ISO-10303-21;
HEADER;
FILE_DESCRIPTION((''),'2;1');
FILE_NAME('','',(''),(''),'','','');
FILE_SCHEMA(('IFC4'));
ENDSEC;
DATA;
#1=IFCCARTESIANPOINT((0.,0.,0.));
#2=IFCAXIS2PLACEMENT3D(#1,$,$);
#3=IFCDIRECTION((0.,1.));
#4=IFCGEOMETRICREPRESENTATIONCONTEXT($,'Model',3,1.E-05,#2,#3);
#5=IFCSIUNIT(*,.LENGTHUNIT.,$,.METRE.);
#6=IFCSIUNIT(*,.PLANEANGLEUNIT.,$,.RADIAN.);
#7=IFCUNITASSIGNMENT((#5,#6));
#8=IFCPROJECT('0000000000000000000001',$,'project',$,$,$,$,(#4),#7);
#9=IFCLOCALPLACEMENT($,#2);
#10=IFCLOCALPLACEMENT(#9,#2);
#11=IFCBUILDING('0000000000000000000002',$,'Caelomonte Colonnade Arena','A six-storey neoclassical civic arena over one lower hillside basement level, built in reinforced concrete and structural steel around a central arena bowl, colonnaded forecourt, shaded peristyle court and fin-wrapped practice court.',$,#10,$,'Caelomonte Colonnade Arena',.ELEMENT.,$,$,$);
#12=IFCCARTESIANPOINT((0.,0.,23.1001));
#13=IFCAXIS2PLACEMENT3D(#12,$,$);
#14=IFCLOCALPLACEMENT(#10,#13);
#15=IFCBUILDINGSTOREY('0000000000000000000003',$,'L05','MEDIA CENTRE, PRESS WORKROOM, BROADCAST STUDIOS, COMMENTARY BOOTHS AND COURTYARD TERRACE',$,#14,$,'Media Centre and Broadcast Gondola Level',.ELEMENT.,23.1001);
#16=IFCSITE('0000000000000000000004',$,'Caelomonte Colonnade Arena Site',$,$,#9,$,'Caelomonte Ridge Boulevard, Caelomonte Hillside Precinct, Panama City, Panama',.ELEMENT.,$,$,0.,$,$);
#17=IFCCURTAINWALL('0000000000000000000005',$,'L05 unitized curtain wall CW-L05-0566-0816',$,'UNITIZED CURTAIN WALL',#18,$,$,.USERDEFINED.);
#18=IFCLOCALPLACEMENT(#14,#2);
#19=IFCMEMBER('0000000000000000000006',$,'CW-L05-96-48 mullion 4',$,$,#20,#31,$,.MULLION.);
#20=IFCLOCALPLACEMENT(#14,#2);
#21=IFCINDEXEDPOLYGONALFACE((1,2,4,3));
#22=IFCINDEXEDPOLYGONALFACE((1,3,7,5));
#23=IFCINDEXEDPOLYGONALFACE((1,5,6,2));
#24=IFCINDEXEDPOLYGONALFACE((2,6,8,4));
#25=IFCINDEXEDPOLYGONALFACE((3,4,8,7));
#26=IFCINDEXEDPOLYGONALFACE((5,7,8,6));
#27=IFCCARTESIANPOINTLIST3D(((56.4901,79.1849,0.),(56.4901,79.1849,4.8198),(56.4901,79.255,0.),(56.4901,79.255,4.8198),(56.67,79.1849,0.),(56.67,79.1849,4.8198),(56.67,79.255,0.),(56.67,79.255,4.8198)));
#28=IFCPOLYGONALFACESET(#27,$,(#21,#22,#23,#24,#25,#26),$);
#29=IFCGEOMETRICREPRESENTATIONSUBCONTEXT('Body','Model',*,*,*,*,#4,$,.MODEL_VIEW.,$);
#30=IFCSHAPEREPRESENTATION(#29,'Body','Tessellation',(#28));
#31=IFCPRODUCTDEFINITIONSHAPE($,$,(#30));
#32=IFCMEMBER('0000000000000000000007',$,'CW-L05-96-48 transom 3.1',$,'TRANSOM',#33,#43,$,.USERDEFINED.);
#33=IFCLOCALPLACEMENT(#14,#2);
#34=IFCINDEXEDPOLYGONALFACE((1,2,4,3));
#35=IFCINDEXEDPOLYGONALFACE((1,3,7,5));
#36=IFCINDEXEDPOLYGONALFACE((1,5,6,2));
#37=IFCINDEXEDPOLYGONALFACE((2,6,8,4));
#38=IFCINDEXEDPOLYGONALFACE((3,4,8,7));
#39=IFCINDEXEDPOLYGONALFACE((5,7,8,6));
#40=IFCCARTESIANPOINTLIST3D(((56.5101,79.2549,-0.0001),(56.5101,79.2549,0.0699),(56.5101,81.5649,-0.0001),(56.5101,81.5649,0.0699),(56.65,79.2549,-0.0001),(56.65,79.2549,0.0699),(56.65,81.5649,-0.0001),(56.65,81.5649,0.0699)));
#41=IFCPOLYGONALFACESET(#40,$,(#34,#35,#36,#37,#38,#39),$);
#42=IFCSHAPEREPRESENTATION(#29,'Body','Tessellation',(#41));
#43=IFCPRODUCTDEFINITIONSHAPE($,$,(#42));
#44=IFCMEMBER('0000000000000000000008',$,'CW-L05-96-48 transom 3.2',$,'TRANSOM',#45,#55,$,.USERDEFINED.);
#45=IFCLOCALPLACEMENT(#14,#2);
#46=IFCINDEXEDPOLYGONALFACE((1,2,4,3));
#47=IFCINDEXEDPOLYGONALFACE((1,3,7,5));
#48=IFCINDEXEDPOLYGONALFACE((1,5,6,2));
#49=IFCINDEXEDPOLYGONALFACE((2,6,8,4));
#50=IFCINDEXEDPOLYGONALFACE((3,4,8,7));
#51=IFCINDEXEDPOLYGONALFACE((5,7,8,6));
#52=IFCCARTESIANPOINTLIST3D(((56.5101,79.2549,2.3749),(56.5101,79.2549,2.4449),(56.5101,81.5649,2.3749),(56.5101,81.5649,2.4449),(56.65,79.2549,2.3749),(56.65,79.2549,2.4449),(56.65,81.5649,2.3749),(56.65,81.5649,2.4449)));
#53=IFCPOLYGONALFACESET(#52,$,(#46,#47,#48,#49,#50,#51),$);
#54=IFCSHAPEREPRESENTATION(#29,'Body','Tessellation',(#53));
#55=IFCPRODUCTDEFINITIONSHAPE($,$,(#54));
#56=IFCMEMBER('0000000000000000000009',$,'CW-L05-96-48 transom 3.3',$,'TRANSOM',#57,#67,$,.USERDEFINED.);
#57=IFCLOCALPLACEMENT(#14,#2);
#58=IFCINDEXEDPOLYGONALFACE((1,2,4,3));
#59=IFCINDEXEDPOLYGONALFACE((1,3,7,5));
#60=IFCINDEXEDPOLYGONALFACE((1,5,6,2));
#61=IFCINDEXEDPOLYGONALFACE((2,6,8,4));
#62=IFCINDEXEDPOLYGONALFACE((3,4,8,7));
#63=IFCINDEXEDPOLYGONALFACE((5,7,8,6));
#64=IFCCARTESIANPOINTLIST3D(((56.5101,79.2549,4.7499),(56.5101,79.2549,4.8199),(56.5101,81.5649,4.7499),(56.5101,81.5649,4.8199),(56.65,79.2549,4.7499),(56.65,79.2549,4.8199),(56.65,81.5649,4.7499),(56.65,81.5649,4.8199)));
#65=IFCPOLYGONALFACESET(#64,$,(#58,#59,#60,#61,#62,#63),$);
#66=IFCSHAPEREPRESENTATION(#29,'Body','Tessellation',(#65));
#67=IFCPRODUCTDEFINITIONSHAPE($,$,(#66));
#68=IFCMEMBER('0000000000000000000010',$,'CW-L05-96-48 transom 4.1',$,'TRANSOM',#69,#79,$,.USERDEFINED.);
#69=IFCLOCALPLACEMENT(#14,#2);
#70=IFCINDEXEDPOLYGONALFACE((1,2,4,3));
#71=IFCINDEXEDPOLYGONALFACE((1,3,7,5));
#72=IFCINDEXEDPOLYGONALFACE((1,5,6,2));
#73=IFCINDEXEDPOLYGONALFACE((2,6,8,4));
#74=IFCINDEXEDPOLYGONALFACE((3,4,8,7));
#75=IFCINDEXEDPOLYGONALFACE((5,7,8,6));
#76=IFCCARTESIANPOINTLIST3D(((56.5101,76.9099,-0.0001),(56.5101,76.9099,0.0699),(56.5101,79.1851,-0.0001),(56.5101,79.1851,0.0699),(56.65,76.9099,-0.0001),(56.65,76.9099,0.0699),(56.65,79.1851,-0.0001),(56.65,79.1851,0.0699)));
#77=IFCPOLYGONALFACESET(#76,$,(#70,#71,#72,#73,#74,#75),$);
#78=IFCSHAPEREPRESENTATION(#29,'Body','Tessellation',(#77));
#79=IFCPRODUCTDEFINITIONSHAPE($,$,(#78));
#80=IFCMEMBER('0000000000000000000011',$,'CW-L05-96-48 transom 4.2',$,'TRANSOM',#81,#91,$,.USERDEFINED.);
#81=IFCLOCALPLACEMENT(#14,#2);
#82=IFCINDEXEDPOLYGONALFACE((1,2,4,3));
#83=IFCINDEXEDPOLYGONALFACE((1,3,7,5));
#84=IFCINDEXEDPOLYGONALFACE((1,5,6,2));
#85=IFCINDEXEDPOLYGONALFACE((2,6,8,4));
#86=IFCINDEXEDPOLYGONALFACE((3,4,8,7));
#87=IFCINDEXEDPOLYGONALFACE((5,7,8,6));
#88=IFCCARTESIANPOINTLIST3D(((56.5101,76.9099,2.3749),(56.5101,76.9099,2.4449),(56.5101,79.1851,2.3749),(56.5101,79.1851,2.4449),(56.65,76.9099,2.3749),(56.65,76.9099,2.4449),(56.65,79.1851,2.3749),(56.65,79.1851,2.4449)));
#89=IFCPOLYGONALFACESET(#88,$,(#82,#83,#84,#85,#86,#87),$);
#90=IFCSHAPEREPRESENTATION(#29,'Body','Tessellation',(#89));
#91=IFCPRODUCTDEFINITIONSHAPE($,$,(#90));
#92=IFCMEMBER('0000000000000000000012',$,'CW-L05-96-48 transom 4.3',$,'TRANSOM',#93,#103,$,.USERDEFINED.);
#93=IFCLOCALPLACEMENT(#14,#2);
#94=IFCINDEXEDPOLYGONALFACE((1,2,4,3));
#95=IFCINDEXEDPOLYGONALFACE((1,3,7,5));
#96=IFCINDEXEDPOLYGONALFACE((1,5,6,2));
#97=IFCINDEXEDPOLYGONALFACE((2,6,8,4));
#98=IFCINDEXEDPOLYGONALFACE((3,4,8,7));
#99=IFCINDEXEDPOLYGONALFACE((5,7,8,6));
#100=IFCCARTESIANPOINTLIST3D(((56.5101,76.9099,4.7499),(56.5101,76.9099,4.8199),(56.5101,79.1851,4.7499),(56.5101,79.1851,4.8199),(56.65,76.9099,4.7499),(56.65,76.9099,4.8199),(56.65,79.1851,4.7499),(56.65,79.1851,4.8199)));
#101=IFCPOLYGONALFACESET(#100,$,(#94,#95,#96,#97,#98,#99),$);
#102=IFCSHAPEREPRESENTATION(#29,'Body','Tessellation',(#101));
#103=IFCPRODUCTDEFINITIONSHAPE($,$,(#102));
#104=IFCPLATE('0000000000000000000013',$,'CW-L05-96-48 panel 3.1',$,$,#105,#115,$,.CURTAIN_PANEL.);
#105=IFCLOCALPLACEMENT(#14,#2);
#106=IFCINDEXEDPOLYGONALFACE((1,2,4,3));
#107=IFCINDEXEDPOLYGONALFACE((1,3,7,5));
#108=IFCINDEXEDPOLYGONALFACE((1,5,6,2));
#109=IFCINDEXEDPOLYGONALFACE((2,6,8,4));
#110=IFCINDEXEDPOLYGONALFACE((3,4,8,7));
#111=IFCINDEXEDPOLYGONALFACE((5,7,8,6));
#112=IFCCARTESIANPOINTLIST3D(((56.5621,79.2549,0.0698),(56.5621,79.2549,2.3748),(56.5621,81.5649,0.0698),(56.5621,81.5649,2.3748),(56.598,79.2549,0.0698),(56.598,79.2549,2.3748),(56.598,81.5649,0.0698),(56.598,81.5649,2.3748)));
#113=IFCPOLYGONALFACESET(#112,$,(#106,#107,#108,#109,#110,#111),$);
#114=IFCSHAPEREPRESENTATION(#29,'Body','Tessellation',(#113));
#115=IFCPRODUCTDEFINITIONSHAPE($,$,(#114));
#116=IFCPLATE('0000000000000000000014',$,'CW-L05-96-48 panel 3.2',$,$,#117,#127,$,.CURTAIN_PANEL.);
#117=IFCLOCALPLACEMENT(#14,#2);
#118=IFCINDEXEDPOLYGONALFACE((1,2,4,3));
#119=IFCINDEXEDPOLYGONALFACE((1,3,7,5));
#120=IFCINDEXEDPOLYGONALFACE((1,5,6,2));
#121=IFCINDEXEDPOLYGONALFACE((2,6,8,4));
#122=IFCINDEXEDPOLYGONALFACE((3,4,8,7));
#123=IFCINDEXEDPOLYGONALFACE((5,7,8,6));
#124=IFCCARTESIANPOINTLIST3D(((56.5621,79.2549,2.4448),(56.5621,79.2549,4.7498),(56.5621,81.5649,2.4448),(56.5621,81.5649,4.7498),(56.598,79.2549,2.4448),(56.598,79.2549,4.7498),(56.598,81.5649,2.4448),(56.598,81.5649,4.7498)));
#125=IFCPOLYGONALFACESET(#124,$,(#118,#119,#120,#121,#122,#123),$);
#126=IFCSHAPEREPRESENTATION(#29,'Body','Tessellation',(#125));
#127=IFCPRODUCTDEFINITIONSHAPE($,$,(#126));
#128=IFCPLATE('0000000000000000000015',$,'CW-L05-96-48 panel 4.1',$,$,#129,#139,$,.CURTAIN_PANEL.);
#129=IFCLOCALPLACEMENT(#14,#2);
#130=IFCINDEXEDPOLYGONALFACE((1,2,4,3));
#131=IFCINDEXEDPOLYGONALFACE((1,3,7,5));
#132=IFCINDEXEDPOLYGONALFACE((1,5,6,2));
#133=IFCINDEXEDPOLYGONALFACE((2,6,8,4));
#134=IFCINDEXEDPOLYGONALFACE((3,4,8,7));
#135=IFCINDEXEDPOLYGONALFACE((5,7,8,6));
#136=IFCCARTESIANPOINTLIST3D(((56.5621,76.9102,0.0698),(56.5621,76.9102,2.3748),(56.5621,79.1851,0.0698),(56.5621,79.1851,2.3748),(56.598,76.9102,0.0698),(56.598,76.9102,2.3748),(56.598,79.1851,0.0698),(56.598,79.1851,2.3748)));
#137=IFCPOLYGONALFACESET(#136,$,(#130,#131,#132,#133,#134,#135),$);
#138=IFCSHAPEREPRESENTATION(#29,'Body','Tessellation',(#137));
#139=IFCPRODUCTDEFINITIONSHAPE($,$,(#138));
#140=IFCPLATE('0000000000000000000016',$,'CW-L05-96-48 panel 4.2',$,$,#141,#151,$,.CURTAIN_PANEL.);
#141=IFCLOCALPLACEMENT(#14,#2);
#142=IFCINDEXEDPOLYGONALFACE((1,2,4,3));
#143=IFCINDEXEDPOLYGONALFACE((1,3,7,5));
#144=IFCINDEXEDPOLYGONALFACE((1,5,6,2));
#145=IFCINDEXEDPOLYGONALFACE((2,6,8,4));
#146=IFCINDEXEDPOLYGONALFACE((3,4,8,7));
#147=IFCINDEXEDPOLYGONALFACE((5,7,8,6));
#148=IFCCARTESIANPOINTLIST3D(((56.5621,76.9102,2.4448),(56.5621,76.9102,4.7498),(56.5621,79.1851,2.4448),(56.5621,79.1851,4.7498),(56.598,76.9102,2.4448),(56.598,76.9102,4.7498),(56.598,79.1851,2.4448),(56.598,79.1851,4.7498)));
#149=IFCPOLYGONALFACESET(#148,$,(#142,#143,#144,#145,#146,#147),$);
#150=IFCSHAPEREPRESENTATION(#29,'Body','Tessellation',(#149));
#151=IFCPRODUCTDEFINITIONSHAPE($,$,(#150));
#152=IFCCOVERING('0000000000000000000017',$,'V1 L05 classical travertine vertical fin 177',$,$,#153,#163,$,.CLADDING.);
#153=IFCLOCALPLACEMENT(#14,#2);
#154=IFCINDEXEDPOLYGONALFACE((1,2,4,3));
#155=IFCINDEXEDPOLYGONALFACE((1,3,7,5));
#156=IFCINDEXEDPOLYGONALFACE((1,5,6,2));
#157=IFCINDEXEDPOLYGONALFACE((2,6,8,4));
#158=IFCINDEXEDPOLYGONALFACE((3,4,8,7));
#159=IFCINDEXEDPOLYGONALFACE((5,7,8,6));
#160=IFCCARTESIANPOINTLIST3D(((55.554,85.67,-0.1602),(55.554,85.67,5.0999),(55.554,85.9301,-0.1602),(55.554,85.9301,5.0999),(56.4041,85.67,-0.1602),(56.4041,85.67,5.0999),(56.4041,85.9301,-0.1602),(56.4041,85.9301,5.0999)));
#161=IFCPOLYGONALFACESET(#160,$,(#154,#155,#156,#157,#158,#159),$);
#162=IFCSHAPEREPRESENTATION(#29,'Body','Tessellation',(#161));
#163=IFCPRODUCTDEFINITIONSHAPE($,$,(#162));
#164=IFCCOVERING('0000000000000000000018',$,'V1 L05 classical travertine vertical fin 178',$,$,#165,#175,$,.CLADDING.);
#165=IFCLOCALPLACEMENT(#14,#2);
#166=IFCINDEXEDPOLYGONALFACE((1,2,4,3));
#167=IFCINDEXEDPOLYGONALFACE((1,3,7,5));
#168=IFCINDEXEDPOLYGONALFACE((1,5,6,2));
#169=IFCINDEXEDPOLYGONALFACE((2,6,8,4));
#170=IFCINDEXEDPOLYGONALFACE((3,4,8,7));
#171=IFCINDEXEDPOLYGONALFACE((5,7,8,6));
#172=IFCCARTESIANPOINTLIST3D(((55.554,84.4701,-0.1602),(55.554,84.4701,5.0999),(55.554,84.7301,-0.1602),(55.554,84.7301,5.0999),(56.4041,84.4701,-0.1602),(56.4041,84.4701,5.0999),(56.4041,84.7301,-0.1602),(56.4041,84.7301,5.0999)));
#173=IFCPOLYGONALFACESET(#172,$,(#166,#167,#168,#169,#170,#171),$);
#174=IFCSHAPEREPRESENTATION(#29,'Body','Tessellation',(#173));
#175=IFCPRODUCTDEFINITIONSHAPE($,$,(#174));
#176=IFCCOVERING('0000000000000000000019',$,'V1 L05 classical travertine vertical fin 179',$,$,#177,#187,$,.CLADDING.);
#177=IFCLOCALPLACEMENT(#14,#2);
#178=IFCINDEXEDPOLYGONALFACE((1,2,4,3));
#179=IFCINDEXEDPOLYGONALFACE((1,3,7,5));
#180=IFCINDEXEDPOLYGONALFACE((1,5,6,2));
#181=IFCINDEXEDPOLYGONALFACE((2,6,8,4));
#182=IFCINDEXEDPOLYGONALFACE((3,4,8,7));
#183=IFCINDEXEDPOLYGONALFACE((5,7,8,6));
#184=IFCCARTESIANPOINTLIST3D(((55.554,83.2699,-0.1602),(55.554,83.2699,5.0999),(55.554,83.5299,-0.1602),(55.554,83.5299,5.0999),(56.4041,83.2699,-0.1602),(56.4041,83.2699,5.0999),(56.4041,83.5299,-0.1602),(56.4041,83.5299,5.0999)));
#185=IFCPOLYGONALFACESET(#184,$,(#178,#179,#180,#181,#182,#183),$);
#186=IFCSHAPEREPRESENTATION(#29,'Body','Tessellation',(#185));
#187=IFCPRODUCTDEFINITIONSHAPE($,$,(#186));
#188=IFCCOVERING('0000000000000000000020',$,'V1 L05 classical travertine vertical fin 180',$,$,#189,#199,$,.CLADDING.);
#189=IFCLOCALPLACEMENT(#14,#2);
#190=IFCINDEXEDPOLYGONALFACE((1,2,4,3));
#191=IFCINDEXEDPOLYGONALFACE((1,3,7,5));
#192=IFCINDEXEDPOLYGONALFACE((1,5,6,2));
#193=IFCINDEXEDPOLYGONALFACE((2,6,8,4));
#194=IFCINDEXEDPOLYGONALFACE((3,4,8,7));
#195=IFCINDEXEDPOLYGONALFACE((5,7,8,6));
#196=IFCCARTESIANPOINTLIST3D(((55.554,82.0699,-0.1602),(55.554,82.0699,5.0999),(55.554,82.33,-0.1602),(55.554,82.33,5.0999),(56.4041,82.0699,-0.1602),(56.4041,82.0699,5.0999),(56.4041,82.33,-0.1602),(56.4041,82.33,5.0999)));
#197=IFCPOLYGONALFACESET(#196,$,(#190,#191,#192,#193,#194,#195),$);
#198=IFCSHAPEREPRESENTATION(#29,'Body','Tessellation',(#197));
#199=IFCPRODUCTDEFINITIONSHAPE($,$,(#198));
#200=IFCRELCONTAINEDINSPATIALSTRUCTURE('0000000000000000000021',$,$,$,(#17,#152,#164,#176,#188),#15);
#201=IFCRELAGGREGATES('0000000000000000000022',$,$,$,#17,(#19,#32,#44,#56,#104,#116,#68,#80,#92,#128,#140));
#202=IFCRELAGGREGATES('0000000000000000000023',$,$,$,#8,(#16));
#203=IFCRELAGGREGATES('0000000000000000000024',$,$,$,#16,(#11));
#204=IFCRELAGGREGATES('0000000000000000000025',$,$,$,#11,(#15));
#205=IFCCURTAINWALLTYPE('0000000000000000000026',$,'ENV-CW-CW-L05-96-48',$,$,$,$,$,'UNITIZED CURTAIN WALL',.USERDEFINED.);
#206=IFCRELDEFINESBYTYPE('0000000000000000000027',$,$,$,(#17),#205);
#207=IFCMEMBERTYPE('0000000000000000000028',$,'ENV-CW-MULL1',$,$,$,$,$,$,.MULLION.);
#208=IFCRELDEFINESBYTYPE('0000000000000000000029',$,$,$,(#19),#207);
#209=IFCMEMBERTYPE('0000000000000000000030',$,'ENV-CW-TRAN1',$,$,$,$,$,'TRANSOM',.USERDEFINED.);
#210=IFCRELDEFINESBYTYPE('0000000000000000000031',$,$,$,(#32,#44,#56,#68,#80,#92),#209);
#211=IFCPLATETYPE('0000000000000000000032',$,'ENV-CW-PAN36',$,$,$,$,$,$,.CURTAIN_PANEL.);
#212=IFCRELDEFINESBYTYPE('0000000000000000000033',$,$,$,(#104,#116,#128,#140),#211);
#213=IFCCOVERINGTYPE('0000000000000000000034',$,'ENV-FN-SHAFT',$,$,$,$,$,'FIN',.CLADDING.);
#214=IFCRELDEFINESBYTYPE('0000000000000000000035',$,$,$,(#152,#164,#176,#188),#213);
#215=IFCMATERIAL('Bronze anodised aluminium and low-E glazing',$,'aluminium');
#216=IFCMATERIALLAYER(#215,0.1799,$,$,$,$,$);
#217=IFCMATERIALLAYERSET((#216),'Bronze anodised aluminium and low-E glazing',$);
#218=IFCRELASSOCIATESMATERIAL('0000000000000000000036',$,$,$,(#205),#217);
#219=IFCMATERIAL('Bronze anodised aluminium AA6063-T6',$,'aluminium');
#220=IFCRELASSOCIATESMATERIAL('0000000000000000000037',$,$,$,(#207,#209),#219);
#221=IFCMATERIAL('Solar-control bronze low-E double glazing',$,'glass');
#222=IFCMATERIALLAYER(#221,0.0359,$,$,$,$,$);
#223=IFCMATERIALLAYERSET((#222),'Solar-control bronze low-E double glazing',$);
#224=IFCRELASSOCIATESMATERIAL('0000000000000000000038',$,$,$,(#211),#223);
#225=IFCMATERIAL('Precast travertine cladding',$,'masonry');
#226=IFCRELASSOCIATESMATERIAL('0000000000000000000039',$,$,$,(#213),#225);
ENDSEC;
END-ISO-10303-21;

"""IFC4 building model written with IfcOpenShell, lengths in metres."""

from ifc_helpers import new_model, si_unit, direction, frame, origin, origin_2d, place, context, subcontext, project, spatial, rectangle, extrude, material, layer, layer_set, material_profile, profile_set, type_object, element, aggregate, save


model = new_model("IFC4")

# Units and contexts
model_context = context("Model", 3, precision=1e-05, world=origin(), true_north=direction((0.0, 1.0)))
body_context = subcontext(model_context, "Body", "Model", "MODEL_VIEW")
ifc_project = project(units=[si_unit("LENGTHUNIT", "METRE"), si_unit("PLANEANGLEUNIT", "RADIAN")], contexts=[model_context])

# Site, building, storey
site_placement = place(None, origin())
site = spatial("IfcSite", under=ifc_project, at=site_placement, Name="Caelomonte Colonnade Arena Site", LongName="Caelomonte Ridge Boulevard, Caelomonte Hillside Precinct, Panama City, Panama", CompositionType="ELEMENT", RefElevation=0.0)
building_placement = place(site_placement, origin())
building = spatial("IfcBuilding", under=site, at=building_placement, Name="Caelomonte Colonnade Arena", Description="A six-storey neoclassical civic arena over one lower hillside basement level, built in reinforced concrete and structural steel around a central arena bowl, colonnaded forecourt, shaded peristyle court and fin-wrapped practice court.", LongName="Caelomonte Colonnade Arena", CompositionType="ELEMENT")
storey_placement = place(building_placement, frame((0.0, 0.0, 23.1001)))
storey = spatial("IfcBuildingStorey", under=building, at=storey_placement, Name="L05", Description="MEDIA CENTRE, PRESS WORKROOM, BROADCAST STUDIOS, COMMENTARY BOOTHS AND COURTYARD TERRACE", LongName="Media Centre and Broadcast Gondola Level", CompositionType="ELEMENT", Elevation=23.1001)

# Curtain wall, members, plates
ifc_material_1 = material(Name="Bronze anodised aluminium and low-E glazing", Category="aluminium")
ifc_layer_1 = layer(ifc_material_1, 0.1799)
ifc_layer_set_1 = layer_set([ifc_layer_1], Name="Bronze anodised aluminium and low-E glazing")
curtain_wall_type = type_object("IfcCurtainWallType", Name="ENV-CW-CW-L05-96-48", ElementType="UNITIZED CURTAIN WALL", PredefinedType="USERDEFINED", material=ifc_layer_set_1)
curtain_wall_placement = place(storey_placement, origin())
curtain_wall = element("IfcCurtainWall", 1, at=curtain_wall_placement, inside=storey, type_object=curtain_wall_type, Name="L05 unitized curtain wall CW-L05-0566-0816", ObjectType="UNITIZED CURTAIN WALL", PredefinedType="USERDEFINED")
ifc_material_2 = material(Name="Bronze anodised aluminium AA6063-T6", Category="aluminium")
ifc_material_profile_1 = material_profile(ifc_material_2, rectangle(XDim=0.0701, YDim=0.1799, at=origin_2d()), Name="CWM-70X180")
ifc_profile_set_1 = profile_set([ifc_material_profile_1], Name="Bronze anodised aluminium AA6063-T6")
member_type_1 = type_object("IfcMemberType", Name="ENV-CW-MULL1", PredefinedType="MULLION", material=ifc_profile_set_1)
member_1_placement = place(storey_placement, frame((56.5801, 79.22, 0.0), z_axis=(0.0, 0.0, 1.0), x_axis=(0.0, -1.0, 0.0)))
member_1 = element("IfcMember", 2, at=member_1_placement, type_object=member_type_1, Name="CW-L05-96-48 mullion 4", PredefinedType="MULLION", context=body_context, shape_type="SweptSolid", body=[
    extrude(rectangle(XDim=0.0701, YDim=0.1799, at=origin_2d()), origin(), (0.0, 0.0, 1.0), 4.8198),
])
ifc_material_profile_2 = material_profile(ifc_material_2, rectangle(XDim=0.0701, YDim=0.1399, at=origin_2d()), Name="CWT-70X140")
ifc_profile_set_2 = profile_set([ifc_material_profile_2], Name="Bronze anodised aluminium AA6063-T6")
member_type_2 = type_object("IfcMemberType", Name="ENV-CW-TRAN1", ElementType="TRANSOM", PredefinedType="USERDEFINED", material=ifc_profile_set_2)
member_2_placement = place(storey_placement, frame((56.5801, 81.5649, 0.0349), z_axis=(0.0, -1.0, 0.0), x_axis=(0.0, 0.0, 1.0)))
member_2 = element("IfcMember", 3, at=member_2_placement, type_object=member_type_2, Name="CW-L05-96-48 transom 3.1", ObjectType="TRANSOM", PredefinedType="USERDEFINED", context=body_context, shape_type="SweptSolid", body=[
    extrude(rectangle(XDim=0.0701, YDim=0.1399, at=origin_2d()), origin(), (0.0, 0.0, 1.0), 2.3101),
])
member_3_placement = place(storey_placement, frame((56.5801, 81.5649, 2.4099), z_axis=(0.0, -1.0, 0.0), x_axis=(0.0, 0.0, 1.0)))
member_3 = element("IfcMember", 4, at=member_3_placement, type_object=member_type_2, Name="CW-L05-96-48 transom 3.2", ObjectType="TRANSOM", PredefinedType="USERDEFINED", context=body_context, shape_type="SweptSolid", body=[
    extrude(rectangle(XDim=0.0701, YDim=0.1399, at=origin_2d()), origin(), (0.0, 0.0, 1.0), 2.3101),
])
member_4_placement = place(storey_placement, frame((56.5801, 81.5649, 4.7849), z_axis=(0.0, -1.0, 0.0), x_axis=(0.0, 0.0, 1.0)))
member_4 = element("IfcMember", 5, at=member_4_placement, type_object=member_type_2, Name="CW-L05-96-48 transom 3.3", ObjectType="TRANSOM", PredefinedType="USERDEFINED", context=body_context, shape_type="SweptSolid", body=[
    extrude(rectangle(XDim=0.0701, YDim=0.1399, at=origin_2d()), origin(), (0.0, 0.0, 1.0), 2.3101),
])
member_5_placement = place(storey_placement, frame((56.5801, 79.1851, 0.0349), z_axis=(0.0, -1.0, 0.0), x_axis=(0.0, 0.0, 1.0)))
member_5 = element("IfcMember", 6, at=member_5_placement, type_object=member_type_2, Name="CW-L05-96-48 transom 4.1", ObjectType="TRANSOM", PredefinedType="USERDEFINED", context=body_context, shape_type="SweptSolid", body=[
    extrude(rectangle(XDim=0.0701, YDim=0.1399, at=origin_2d()), origin(), (0.0, 0.0, 1.0), 2.2751),
])
member_6_placement = place(storey_placement, frame((56.5801, 79.1851, 2.4099), z_axis=(0.0, -1.0, 0.0), x_axis=(0.0, 0.0, 1.0)))
member_6 = element("IfcMember", 7, at=member_6_placement, type_object=member_type_2, Name="CW-L05-96-48 transom 4.2", ObjectType="TRANSOM", PredefinedType="USERDEFINED", context=body_context, shape_type="SweptSolid", body=[
    extrude(rectangle(XDim=0.0701, YDim=0.1399, at=origin_2d()), origin(), (0.0, 0.0, 1.0), 2.2751),
])
member_7_placement = place(storey_placement, frame((56.5801, 79.1851, 4.7849), z_axis=(0.0, -1.0, 0.0), x_axis=(0.0, 0.0, 1.0)))
member_7 = element("IfcMember", 8, at=member_7_placement, type_object=member_type_2, Name="CW-L05-96-48 transom 4.3", ObjectType="TRANSOM", PredefinedType="USERDEFINED", context=body_context, shape_type="SweptSolid", body=[
    extrude(rectangle(XDim=0.0701, YDim=0.1399, at=origin_2d()), origin(), (0.0, 0.0, 1.0), 2.2751),
])
ifc_material_3 = material(Name="Solar-control bronze low-E double glazing", Category="glass")
ifc_layer_2 = layer(ifc_material_3, 0.0359)
ifc_layer_set_2 = layer_set([ifc_layer_2], Name="Solar-control bronze low-E double glazing")
plate_type = type_object("IfcPlateType", Name="ENV-CW-PAN36", PredefinedType="CURTAIN_PANEL", material=ifc_layer_set_2)
plate_1_placement = place(storey_placement, frame((56.5801, 80.4099, 0.0698), z_axis=(0.0, 0.0, 1.0), x_axis=(0.0, -1.0, 0.0)))
plate_1 = element("IfcPlate", 9, at=plate_1_placement, type_object=plate_type, Name="CW-L05-96-48 panel 3.1", PredefinedType="CURTAIN_PANEL", context=body_context, shape_type="SweptSolid", body=[
    extrude(rectangle(XDim=2.3101, YDim=0.0359, at=origin_2d()), origin(), (0.0, 0.0, 1.0), 2.3049),
])
plate_2_placement = place(storey_placement, frame((56.5801, 80.4099, 2.4448), z_axis=(0.0, 0.0, 1.0), x_axis=(0.0, -1.0, 0.0)))
plate_2 = element("IfcPlate", 10, at=plate_2_placement, type_object=plate_type, Name="CW-L05-96-48 panel 3.2", PredefinedType="CURTAIN_PANEL", context=body_context, shape_type="SweptSolid", body=[
    extrude(rectangle(XDim=2.3101, YDim=0.0359, at=origin_2d()), origin(), (0.0, 0.0, 1.0), 2.3049),
])
plate_3_placement = place(storey_placement, frame((56.5801, 78.0476, 0.0698), z_axis=(0.0, 0.0, 1.0), x_axis=(0.0, -1.0, 0.0)))
plate_3 = element("IfcPlate", 11, at=plate_3_placement, type_object=plate_type, Name="CW-L05-96-48 panel 4.1", PredefinedType="CURTAIN_PANEL", context=body_context, shape_type="SweptSolid", body=[
    extrude(rectangle(XDim=2.2749, YDim=0.0359, at=origin_2d()), origin(), (0.0, 0.0, 1.0), 2.3049),
])
plate_4_placement = place(storey_placement, frame((56.5801, 78.0476, 2.4448), z_axis=(0.0, 0.0, 1.0), x_axis=(0.0, -1.0, 0.0)))
plate_4 = element("IfcPlate", 12, at=plate_4_placement, type_object=plate_type, Name="CW-L05-96-48 panel 4.2", PredefinedType="CURTAIN_PANEL", context=body_context, shape_type="SweptSolid", body=[
    extrude(rectangle(XDim=2.2749, YDim=0.0359, at=origin_2d()), origin(), (0.0, 0.0, 1.0), 2.3049),
])
aggregate(curtain_wall, [member_1, member_2, member_3, member_4, plate_1, plate_2, member_5, member_6, member_7, plate_3, plate_4])

# Coverings
ifc_material_4 = material(Name="Precast travertine cladding", Category="masonry")
ifc_material_profile_3 = material_profile(ifc_material_4, rectangle(XDim=0.26, YDim=0.8501, at=origin_2d()), Name="FIN260X850")
ifc_profile_set_3 = profile_set([ifc_material_profile_3], Name="Precast travertine cladding")
covering_type = type_object("IfcCoveringType", Name="ENV-FN-SHAFT", ElementType="FIN", PredefinedType="CLADDING", material=ifc_profile_set_3)
for number, where, z_axis, x_axis, name in (
    (13, (55.979, 85.8, -0.1602), (0.0, 0.0, 1.0), (0.0, 1.0, 0.0), "V1 L05 classical travertine vertical fin 177"),
    (14, (55.979, 84.6001, -0.1602), (0.0, 0.0, 1.0), (0.0, 1.0, 0.0), "V1 L05 classical travertine vertical fin 178"),
    (15, (55.979, 83.3999, -0.1602), (0.0, 0.0, 1.0), (0.0, 1.0, 0.0), "V1 L05 classical travertine vertical fin 179"),
    (16, (55.979, 82.2, -0.1602), (0.0, 0.0, 1.0), (0.0, 1.0, 0.0), "V1 L05 classical travertine vertical fin 180"),
):
    element("IfcCovering", number, at=place(storey_placement, frame(where, z_axis=z_axis, x_axis=x_axis)), inside=storey, type_object=covering_type, Name=name, PredefinedType="CLADDING", context=body_context, shape_type="SweptSolid", body=[
        extrude(rectangle(XDim=0.26, YDim=0.8501, at=origin_2d()), origin(), (0.0, 0.0, 1.0), 5.26),
    ])

save(model, "model.ifc")
